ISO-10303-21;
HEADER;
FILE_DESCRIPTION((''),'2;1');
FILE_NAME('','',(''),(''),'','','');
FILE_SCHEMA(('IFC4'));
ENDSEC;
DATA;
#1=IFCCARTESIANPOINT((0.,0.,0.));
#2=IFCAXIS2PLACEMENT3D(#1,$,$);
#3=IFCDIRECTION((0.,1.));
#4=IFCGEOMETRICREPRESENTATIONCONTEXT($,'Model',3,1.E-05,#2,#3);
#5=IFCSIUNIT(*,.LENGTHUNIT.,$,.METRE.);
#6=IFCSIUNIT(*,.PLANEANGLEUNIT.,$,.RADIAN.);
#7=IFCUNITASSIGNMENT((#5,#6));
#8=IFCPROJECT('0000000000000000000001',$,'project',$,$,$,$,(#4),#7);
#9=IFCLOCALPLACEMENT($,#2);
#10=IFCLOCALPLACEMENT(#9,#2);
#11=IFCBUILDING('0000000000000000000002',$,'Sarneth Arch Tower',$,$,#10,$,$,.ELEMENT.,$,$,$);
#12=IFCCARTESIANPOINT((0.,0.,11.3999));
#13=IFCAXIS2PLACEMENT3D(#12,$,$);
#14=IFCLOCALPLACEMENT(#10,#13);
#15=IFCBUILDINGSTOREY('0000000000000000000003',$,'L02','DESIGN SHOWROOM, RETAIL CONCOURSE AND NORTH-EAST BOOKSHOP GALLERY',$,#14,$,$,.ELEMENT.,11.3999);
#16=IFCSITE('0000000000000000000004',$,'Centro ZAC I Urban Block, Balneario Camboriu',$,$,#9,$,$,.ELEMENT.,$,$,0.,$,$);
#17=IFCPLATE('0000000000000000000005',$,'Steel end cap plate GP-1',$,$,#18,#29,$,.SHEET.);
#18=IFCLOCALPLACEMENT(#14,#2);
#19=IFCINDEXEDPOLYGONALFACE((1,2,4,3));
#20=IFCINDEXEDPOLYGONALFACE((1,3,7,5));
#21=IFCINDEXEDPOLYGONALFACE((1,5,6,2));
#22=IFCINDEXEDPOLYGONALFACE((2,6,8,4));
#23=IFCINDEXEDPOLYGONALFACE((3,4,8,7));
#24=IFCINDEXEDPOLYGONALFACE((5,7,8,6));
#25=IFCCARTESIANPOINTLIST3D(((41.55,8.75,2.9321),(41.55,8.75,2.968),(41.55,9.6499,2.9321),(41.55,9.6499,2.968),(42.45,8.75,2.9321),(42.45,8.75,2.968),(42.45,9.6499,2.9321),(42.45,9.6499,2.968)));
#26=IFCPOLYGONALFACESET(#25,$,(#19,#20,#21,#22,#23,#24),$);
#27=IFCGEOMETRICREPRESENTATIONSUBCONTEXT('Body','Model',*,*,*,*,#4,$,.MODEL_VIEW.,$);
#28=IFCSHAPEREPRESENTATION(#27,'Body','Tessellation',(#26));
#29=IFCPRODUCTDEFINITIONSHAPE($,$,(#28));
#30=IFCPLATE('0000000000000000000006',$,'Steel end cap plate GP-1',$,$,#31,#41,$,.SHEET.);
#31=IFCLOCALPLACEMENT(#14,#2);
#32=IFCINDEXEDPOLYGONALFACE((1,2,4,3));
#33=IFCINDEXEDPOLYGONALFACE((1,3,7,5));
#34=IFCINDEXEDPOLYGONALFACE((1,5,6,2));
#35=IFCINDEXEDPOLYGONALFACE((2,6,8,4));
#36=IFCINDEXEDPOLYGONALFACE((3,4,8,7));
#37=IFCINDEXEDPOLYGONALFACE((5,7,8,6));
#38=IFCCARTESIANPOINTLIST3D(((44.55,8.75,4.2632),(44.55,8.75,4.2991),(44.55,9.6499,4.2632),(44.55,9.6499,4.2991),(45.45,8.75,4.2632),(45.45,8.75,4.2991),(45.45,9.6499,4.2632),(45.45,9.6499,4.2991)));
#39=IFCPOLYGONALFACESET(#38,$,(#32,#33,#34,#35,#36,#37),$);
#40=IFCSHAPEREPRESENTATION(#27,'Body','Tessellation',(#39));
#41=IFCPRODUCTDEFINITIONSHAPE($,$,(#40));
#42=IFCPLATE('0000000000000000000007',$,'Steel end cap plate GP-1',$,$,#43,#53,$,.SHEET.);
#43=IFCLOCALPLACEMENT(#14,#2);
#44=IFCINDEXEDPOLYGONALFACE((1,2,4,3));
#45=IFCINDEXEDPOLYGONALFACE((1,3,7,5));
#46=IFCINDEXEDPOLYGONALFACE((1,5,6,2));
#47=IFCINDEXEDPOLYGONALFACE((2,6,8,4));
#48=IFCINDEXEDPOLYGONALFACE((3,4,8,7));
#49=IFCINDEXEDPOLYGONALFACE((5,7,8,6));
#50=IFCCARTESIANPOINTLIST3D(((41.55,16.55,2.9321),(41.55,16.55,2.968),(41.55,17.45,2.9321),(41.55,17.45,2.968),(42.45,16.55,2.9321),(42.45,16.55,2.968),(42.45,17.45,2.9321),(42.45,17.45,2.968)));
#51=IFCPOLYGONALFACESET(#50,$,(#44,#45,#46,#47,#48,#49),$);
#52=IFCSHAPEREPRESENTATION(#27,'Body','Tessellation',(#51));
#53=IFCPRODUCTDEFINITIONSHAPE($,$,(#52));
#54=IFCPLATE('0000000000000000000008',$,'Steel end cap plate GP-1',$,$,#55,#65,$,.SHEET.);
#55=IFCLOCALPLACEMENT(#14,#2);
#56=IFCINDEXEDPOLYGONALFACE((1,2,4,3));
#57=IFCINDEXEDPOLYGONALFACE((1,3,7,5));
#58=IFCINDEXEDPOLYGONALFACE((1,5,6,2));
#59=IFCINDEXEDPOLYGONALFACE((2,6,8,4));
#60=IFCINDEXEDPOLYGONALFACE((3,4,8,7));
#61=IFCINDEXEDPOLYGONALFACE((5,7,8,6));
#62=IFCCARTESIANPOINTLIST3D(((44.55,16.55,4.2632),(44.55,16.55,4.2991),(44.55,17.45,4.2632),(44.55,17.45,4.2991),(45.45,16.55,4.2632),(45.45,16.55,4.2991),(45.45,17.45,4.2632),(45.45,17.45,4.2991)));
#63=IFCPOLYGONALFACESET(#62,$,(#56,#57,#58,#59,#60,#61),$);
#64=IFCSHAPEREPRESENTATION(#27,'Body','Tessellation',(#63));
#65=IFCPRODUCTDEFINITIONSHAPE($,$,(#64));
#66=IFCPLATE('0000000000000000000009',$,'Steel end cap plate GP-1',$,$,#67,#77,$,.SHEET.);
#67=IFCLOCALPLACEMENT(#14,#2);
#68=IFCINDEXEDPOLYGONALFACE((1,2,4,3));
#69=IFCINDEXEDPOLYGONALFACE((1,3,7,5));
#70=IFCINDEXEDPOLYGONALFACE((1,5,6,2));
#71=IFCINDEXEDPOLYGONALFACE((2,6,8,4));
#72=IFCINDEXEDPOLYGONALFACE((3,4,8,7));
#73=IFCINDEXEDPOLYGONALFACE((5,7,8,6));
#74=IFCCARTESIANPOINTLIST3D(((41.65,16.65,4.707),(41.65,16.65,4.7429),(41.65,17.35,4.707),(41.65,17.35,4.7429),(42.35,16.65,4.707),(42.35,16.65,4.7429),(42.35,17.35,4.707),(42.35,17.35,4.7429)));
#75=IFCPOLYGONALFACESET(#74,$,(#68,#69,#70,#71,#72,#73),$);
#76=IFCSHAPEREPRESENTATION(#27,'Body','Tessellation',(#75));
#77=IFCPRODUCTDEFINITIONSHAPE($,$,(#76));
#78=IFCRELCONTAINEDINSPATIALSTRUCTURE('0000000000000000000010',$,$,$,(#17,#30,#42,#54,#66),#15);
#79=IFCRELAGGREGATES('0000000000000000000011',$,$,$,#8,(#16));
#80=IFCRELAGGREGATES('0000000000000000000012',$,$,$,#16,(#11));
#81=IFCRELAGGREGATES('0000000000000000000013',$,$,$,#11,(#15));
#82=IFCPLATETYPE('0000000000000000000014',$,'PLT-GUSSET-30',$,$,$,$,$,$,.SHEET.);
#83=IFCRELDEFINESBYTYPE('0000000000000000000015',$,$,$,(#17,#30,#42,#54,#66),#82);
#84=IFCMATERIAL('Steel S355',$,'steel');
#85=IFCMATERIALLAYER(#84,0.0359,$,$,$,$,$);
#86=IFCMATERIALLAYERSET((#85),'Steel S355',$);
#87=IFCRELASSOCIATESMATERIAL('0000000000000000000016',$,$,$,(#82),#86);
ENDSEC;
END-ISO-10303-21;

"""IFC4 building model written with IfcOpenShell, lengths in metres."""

from ifc_helpers import new_model, si_unit, direction, frame, origin, origin_2d, place, context, subcontext, project, spatial, rectangle, extrude, material, layer, layer_set, type_object, element, save


model = new_model("IFC4")

# Units and contexts
model_context = context("Model", 3, precision=1e-05, world=origin(), true_north=direction((0.0, 1.0)))
body_context = subcontext(model_context, "Body", "Model", "MODEL_VIEW")
ifc_project = project(units=[si_unit("LENGTHUNIT", "METRE"), si_unit("PLANEANGLEUNIT", "RADIAN")], contexts=[model_context])

# Site, building, storey
site_placement = place(None, origin())
site = spatial("IfcSite", under=ifc_project, at=site_placement, Name="Centro ZAC I Urban Block, Balneario Camboriu", CompositionType="ELEMENT", RefElevation=0.0)
building_placement = place(site_placement, origin())
building = spatial("IfcBuilding", under=site, at=building_placement, Name="Sarneth Arch Tower", CompositionType="ELEMENT")
storey_placement = place(building_placement, frame((0.0, 0.0, 11.3999)))
storey = spatial("IfcBuildingStorey", under=building, at=storey_placement, Name="L02", Description="DESIGN SHOWROOM, RETAIL CONCOURSE AND NORTH-EAST BOOKSHOP GALLERY", CompositionType="ELEMENT", Elevation=11.3999)

# Plates
ifc_material_1 = material(Name="Steel S355", Category="steel")
ifc_layer_1 = layer(ifc_material_1, 0.0359)
ifc_layer_set_1 = layer_set([ifc_layer_1], Name="Steel S355")
plate_type_1 = type_object("IfcPlateType", Name="PLT-GUSSET-30", PredefinedType="SHEET", material=ifc_layer_set_1)
for number, where, z_axis, x_axis, name in (
    (1, (42.0, 9.2, 2.9321), (0.0, 0.0, 1.0), (-1.0, 0.0, 0.0), "Steel end cap plate GP-1"),
    (2, (45.0, 9.2, 4.2632), (0.0, 0.0, 1.0), (-1.0, 0.0, 0.0), "Steel end cap plate GP-1"),
    (3, (42.0, 17.0, 2.9321), (0.0, 0.0, 1.0), (-1.0, 0.0, 0.0), "Steel end cap plate GP-1"),
    (4, (45.0, 17.0, 4.2632), (0.0, 0.0, 1.0), (-1.0, 0.0, 0.0), "Steel end cap plate GP-1"),
):
    element("IfcPlate", number, at=place(storey_placement, frame(where, z_axis=z_axis, x_axis=x_axis)), inside=storey, type_object=plate_type_1, Name=name, PredefinedType="SHEET", context=body_context, shape_type="SweptSolid", body=[
        extrude(rectangle(XDim=0.8999, YDim=0.8999, at=origin_2d()), origin(), (0.0, 0.0, 1.0), 0.0359),
    ])
plate_1_placement = place(storey_placement, frame((42.0, 17.0, 4.707), z_axis=(0.0, 0.0, 1.0), x_axis=(1.0, 0.0, 0.0)))
element("IfcPlate", 5, at=plate_1_placement, inside=storey, type_object=plate_type_1, Name="Steel end cap plate GP-1", PredefinedType="SHEET", context=body_context, shape_type="SweptSolid", body=[
    extrude(rectangle(XDim=0.7, YDim=0.7, at=origin_2d()), origin(), (0.0, 0.0, 1.0), 0.0359),
])

save(model, "model.ifc")
